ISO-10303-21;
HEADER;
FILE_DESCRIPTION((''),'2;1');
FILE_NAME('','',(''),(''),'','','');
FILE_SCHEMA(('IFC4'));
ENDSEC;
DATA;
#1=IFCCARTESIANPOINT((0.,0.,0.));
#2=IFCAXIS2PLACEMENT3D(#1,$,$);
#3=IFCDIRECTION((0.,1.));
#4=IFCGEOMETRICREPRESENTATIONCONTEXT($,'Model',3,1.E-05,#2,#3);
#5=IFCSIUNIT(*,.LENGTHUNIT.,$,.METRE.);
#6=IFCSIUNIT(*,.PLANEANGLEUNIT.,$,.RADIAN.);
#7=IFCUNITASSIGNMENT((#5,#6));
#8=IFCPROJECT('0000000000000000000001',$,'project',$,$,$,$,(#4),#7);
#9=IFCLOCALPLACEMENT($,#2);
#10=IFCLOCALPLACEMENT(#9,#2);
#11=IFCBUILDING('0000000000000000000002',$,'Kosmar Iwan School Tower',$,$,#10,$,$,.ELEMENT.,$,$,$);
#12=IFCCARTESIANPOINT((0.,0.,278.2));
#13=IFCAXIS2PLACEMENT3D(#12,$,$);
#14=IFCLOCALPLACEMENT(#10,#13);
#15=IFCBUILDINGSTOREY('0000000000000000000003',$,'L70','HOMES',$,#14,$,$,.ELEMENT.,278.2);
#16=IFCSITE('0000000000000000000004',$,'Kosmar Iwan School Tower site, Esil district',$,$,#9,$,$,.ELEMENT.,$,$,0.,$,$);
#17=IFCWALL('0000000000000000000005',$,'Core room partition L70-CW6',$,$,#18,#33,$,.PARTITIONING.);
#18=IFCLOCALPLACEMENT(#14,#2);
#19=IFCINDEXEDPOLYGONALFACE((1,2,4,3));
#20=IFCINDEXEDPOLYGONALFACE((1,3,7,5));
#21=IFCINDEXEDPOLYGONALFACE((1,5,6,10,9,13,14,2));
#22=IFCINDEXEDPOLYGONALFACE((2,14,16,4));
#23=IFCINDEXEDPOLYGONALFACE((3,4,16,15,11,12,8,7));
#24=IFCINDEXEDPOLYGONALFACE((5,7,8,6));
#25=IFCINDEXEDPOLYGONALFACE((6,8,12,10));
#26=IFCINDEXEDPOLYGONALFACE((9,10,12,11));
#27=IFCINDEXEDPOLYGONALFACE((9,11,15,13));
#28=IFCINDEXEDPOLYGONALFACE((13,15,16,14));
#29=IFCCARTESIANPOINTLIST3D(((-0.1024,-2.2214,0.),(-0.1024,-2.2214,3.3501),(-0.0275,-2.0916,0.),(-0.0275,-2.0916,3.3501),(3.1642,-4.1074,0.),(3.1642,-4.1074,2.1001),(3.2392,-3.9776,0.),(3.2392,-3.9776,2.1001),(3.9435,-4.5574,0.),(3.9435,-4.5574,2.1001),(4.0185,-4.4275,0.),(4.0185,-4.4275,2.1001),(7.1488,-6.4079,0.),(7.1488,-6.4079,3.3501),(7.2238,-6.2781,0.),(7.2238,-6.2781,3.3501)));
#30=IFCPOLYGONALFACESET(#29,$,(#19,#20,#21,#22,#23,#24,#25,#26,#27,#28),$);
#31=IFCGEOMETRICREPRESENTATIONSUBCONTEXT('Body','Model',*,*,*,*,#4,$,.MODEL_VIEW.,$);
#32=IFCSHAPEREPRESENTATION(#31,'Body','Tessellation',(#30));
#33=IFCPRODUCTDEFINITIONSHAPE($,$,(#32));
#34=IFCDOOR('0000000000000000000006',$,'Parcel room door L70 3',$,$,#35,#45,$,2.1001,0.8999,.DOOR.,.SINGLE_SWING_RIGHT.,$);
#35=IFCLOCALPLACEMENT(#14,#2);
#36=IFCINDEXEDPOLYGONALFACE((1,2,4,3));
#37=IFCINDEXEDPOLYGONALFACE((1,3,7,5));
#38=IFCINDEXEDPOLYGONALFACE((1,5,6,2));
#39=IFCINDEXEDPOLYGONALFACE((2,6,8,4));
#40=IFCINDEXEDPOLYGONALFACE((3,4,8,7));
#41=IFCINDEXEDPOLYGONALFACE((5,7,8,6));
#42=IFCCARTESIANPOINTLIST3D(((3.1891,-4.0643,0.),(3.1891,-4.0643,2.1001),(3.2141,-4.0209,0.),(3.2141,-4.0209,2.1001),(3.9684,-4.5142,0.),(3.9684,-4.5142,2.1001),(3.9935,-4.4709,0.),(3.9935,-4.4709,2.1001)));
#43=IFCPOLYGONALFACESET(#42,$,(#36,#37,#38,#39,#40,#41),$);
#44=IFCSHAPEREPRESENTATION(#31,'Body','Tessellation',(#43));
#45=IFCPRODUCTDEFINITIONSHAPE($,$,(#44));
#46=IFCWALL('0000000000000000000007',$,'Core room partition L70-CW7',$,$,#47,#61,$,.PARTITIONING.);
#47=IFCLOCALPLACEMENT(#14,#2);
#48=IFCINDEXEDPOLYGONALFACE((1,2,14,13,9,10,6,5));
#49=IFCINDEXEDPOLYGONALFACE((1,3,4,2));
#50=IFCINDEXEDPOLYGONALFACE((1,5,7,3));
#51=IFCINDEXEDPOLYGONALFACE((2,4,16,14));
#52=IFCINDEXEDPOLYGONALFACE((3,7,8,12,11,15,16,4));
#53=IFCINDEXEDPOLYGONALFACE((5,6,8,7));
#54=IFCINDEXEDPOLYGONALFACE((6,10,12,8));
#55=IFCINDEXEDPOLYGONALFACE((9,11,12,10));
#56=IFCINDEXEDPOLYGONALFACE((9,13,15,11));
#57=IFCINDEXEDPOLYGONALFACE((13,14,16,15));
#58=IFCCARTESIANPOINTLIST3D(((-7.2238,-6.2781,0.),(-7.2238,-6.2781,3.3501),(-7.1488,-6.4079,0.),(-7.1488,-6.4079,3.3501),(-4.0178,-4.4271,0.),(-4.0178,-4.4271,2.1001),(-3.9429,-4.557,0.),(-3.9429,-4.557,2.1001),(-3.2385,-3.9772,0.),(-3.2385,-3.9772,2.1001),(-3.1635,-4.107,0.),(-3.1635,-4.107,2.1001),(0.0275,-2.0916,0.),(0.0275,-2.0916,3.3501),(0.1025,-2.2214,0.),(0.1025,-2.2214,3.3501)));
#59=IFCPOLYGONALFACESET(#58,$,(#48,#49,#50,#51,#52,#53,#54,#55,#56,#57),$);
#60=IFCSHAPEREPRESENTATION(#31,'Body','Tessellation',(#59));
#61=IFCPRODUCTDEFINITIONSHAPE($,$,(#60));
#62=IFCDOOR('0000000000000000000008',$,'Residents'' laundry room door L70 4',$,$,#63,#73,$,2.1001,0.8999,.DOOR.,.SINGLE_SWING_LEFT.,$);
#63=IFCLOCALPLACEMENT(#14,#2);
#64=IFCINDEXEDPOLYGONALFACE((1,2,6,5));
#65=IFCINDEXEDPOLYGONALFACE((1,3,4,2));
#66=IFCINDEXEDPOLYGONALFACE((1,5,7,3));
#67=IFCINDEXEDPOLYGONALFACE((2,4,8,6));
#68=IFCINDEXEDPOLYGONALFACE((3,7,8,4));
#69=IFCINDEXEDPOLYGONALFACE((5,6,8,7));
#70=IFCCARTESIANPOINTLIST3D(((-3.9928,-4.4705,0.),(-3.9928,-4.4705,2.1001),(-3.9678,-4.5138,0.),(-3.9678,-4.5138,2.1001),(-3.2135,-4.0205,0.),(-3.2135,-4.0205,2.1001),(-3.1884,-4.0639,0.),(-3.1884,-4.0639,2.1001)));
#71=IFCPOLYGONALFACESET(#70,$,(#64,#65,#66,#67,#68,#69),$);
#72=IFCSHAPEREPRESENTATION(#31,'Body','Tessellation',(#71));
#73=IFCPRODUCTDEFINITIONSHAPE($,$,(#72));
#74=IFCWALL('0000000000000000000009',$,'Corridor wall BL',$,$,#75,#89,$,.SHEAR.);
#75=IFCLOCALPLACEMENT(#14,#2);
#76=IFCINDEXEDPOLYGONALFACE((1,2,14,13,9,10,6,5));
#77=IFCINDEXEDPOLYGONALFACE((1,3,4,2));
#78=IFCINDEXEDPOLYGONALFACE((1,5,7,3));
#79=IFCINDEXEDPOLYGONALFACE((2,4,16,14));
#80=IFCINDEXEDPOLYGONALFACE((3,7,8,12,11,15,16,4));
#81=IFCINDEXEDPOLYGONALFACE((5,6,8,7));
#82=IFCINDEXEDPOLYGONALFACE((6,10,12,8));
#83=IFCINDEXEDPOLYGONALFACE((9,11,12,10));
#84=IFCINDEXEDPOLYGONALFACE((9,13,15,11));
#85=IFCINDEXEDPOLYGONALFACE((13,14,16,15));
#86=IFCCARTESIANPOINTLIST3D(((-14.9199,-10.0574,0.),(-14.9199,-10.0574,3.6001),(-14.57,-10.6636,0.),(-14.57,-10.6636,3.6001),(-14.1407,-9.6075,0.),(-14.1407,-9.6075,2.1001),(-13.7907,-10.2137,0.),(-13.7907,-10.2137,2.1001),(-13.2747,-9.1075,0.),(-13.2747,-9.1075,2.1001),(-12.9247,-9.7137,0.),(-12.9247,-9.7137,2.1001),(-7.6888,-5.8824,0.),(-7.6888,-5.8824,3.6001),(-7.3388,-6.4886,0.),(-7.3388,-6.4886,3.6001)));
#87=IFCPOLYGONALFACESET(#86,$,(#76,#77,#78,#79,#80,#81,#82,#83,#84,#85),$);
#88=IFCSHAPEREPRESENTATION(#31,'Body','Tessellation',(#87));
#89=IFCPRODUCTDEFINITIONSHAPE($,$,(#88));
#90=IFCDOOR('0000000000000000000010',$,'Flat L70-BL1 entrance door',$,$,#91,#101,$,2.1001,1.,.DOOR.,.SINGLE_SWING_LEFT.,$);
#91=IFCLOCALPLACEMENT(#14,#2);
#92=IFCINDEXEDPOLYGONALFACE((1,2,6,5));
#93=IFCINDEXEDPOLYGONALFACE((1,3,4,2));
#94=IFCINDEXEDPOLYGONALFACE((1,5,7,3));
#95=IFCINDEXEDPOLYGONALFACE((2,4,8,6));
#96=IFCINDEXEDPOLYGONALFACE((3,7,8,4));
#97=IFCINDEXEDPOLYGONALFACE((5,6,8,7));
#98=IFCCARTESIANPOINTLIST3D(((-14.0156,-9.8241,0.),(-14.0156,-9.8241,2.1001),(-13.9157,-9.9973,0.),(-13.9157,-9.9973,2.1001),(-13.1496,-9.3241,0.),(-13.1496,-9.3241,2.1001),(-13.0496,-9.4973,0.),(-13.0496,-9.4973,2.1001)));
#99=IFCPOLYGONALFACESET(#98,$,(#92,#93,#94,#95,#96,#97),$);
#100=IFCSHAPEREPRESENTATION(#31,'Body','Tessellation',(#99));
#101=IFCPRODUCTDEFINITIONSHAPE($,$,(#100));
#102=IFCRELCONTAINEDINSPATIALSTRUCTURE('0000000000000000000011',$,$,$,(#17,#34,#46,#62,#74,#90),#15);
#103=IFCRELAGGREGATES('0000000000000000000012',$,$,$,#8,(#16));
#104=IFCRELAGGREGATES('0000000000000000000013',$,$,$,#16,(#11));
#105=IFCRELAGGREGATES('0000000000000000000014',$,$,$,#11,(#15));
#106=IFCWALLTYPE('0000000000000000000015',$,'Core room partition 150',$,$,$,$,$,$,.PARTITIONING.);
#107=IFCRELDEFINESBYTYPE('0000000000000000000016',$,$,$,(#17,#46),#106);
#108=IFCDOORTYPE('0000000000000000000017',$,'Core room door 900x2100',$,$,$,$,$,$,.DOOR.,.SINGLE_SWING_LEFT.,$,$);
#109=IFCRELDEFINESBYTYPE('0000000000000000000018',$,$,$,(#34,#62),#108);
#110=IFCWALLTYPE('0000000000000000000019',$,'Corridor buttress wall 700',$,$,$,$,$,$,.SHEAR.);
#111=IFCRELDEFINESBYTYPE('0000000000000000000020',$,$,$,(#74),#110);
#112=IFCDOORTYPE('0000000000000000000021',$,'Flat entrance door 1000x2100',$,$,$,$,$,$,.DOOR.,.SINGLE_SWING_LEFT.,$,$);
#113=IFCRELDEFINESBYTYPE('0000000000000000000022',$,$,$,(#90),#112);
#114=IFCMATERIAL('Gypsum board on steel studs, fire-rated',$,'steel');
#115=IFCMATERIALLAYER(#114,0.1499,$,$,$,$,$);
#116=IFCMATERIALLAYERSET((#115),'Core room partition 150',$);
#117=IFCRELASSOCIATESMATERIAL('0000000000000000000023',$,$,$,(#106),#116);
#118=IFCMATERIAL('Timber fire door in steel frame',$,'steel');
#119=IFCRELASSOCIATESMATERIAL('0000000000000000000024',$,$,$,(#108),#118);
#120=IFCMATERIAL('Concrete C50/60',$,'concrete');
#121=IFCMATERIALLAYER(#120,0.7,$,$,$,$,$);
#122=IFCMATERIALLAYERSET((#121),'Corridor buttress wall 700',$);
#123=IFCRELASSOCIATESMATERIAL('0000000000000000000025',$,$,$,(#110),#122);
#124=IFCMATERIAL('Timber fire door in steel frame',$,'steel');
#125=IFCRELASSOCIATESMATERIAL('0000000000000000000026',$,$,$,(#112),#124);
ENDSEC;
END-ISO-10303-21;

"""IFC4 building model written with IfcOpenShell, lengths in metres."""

from ifc_helpers import new_model, si_unit, direction, frame, frame_2d, origin, place, context, subcontext, project, spatial, rectangle, extrude, material, layer, layer_set, type_object, element, fill, save


model = new_model("IFC4")

# Units and contexts
model_context = context("Model", 3, precision=1e-05, world=origin(), true_north=direction((0.0, 1.0)))
body_context = subcontext(model_context, "Body", "Model", "MODEL_VIEW")
ifc_project = project(units=[si_unit("LENGTHUNIT", "METRE"), si_unit("PLANEANGLEUNIT", "RADIAN")], contexts=[model_context])

# Site, building, storey
site_placement = place(None, origin())
site = spatial("IfcSite", under=ifc_project, at=site_placement, Name="Kosmar Iwan School Tower site, Esil district", CompositionType="ELEMENT", RefElevation=0.0)
building_placement = place(site_placement, origin())
building = spatial("IfcBuilding", under=site, at=building_placement, Name="Kosmar Iwan School Tower", CompositionType="ELEMENT")
storey_placement = place(building_placement, frame((0.0, 0.0, 278.2)))
storey = spatial("IfcBuildingStorey", under=building, at=storey_placement, Name="L70", Description="HOMES", CompositionType="ELEMENT", Elevation=278.2)

# Walls, openings, doors
ifc_material_1 = material(Name="Gypsum board on steel studs, fire-rated", Category="steel")
ifc_layer_1 = layer(ifc_material_1, 0.1499)
ifc_layer_set_1 = layer_set([ifc_layer_1], Name="Core room partition 150")
wall_type_1 = type_object("IfcWallType", Name="Core room partition 150", PredefinedType="PARTITIONING", material=ifc_layer_set_1)
wall_1_placement = place(storey_placement, frame((-0.0649, -2.1565, 0.0), z_axis=(0.0, 0.0, 1.0), x_axis=(0.866024, -0.500003, 0.0)))
wall_1 = element("IfcWall", 1, at=wall_1_placement, inside=storey, type_object=wall_type_1, Name="Core room partition L70-CW6", PredefinedType="PARTITIONING", context=body_context, shape_type="SweptSolid", body=[
    extrude(rectangle(XDim=8.373, YDim=0.1499, at=frame_2d((4.1865, 0.0))), origin(), (0.0, 0.0, 1.0), 3.3501),
])
opening_1_placement = place(wall_1_placement, frame((3.772, 0.0, 0.0)))
opening_1 = element("IfcOpeningElement", 2, at=opening_1_placement, cuts=wall_1, PredefinedType="OPENING", context=body_context, shape_type="SweptSolid", body=[
    extrude(rectangle(XDim=0.8999, YDim=2.1001, at=frame_2d((0.45, 1.05))), frame((0.0, 0.0869, 0.0), z_axis=(0.0, -1.0, 0.0), x_axis=(1.0, 0.0, 0.0)), (0.0, 0.0, 1.0), 0.1738),
])
ifc_material_2 = material(Name="Timber fire door in steel frame", Category="steel")
door_type_1 = type_object("IfcDoorType", Name="Core room door 900x2100", OperationType="SINGLE_SWING_LEFT", PredefinedType="DOOR", material=ifc_material_2)
door_1_placement = place(opening_1_placement, origin())
door_1 = element("IfcDoor", 3, at=door_1_placement, inside=storey, type_object=door_type_1, Name="Parcel room door L70 3", OperationType="SINGLE_SWING_RIGHT", OverallHeight=2.1001, OverallWidth=0.8999, PredefinedType="DOOR", context=body_context, shape_type="SweptSolid", body=[
    extrude(rectangle(XDim=0.8999, YDim=2.1001, at=frame_2d((0.45, 1.05))), frame((0.0, 0.0249, 0.0), z_axis=(0.0, -1.0, 0.0), x_axis=(1.0, 0.0, 0.0)), (0.0, 0.0, 1.0), 0.05),
])
fill(opening_1, door_1)
wall_2_placement = place(storey_placement, frame((-7.1863, -6.343, 0.0), z_axis=(0.0, 0.0, 1.0), x_axis=(0.866024, 0.500003, 0.0)))
wall_2 = element("IfcWall", 4, at=wall_2_placement, inside=storey, type_object=wall_type_1, Name="Core room partition L70-CW7", PredefinedType="PARTITIONING", context=body_context, shape_type="SweptSolid", body=[
    extrude(rectangle(XDim=8.373, YDim=0.1499, at=frame_2d((4.1865, 0.0))), origin(), (0.0, 0.0, 1.0), 3.3501),
])
opening_2_placement = place(wall_2_placement, frame((3.7019, 0.0, 0.0)))
opening_2 = element("IfcOpeningElement", 5, at=opening_2_placement, cuts=wall_2, PredefinedType="OPENING", context=body_context, shape_type="SweptSolid", body=[
    extrude(rectangle(XDim=0.8999, YDim=2.1001, at=frame_2d((0.45, 1.05))), frame((0.0, 0.0869, 0.0), z_axis=(0.0, -1.0, 0.0), x_axis=(1.0, 0.0, 0.0)), (0.0, 0.0, 1.0), 0.1738),
])
door_2_placement = place(opening_2_placement, origin())
door_2 = element("IfcDoor", 6, at=door_2_placement, inside=storey, type_object=door_type_1, Name="Residents' laundry room door L70 4", OperationType="SINGLE_SWING_LEFT", OverallHeight=2.1001, OverallWidth=0.8999, PredefinedType="DOOR", context=body_context, shape_type="SweptSolid", body=[
    extrude(rectangle(XDim=0.8999, YDim=2.1001, at=frame_2d((0.45, 1.05))), frame((0.0, 0.0249, 0.0), z_axis=(0.0, -1.0, 0.0), x_axis=(1.0, 0.0, 0.0)), (0.0, 0.0, 1.0), 0.05),
])
fill(opening_2, door_2)
ifc_material_3 = material(Name="Concrete C50/60", Category="concrete")
ifc_layer_2 = layer(ifc_material_3, 0.7)
ifc_layer_set_2 = layer_set([ifc_layer_2], Name="Corridor buttress wall 700")
wall_type_2 = type_object("IfcWallType", Name="Corridor buttress wall 700", PredefinedType="SHEAR", material=ifc_layer_set_2)
wall_3_placement = place(storey_placement, frame((-7.5139, -6.1855, 0.0), z_axis=(0.0, 0.0, 1.0), x_axis=(-0.86602, -0.50001, 0.0)))
wall_3 = element("IfcWall", 7, at=wall_3_placement, inside=storey, type_object=wall_type_2, Name="Corridor wall BL", PredefinedType="SHEAR", context=body_context, shape_type="SweptSolid", body=[
    extrude(rectangle(XDim=8.3499, YDim=0.7, at=frame_2d((4.1748, 0.0))), origin(), (0.0, 0.0, 1.0), 3.6001),
])
opening_3_placement = place(wall_3_placement, frame((6.45, 0.0, 0.0)))
opening_3 = element("IfcOpeningElement", 8, at=opening_3_placement, cuts=wall_3, PredefinedType="OPENING", context=body_context, shape_type="SweptSolid", body=[
    extrude(rectangle(XDim=1.0, YDim=2.1001, at=frame_2d((0.5, 1.05))), frame((0.0, 0.3621, 0.0), z_axis=(0.0, -1.0, 0.0), x_axis=(1.0, 0.0, 0.0)), (0.0, 0.0, 1.0), 0.7239),
])
ifc_material_4 = material(Name="Timber fire door in steel frame", Category="steel")
door_type_2 = type_object("IfcDoorType", Name="Flat entrance door 1000x2100", OperationType="SINGLE_SWING_LEFT", PredefinedType="DOOR", material=ifc_material_4)
door_3_placement = place(opening_3_placement, origin())
door_3 = element("IfcDoor", 9, at=door_3_placement, inside=storey, type_object=door_type_2, Name="Flat L70-BL1 entrance door", OperationType="SINGLE_SWING_LEFT", OverallHeight=2.1001, OverallWidth=1.0, PredefinedType="DOOR", context=body_context, shape_type="SweptSolid", body=[
    extrude(rectangle(XDim=1.0, YDim=2.1001, at=frame_2d((0.5, 1.05))), frame((0.0, 0.1001, 0.0), z_axis=(0.0, -1.0, 0.0), x_axis=(1.0, 0.0, 0.0)), (0.0, 0.0, 1.0), 0.2),
])
fill(opening_3, door_3)

save(model, "model.ifc")
